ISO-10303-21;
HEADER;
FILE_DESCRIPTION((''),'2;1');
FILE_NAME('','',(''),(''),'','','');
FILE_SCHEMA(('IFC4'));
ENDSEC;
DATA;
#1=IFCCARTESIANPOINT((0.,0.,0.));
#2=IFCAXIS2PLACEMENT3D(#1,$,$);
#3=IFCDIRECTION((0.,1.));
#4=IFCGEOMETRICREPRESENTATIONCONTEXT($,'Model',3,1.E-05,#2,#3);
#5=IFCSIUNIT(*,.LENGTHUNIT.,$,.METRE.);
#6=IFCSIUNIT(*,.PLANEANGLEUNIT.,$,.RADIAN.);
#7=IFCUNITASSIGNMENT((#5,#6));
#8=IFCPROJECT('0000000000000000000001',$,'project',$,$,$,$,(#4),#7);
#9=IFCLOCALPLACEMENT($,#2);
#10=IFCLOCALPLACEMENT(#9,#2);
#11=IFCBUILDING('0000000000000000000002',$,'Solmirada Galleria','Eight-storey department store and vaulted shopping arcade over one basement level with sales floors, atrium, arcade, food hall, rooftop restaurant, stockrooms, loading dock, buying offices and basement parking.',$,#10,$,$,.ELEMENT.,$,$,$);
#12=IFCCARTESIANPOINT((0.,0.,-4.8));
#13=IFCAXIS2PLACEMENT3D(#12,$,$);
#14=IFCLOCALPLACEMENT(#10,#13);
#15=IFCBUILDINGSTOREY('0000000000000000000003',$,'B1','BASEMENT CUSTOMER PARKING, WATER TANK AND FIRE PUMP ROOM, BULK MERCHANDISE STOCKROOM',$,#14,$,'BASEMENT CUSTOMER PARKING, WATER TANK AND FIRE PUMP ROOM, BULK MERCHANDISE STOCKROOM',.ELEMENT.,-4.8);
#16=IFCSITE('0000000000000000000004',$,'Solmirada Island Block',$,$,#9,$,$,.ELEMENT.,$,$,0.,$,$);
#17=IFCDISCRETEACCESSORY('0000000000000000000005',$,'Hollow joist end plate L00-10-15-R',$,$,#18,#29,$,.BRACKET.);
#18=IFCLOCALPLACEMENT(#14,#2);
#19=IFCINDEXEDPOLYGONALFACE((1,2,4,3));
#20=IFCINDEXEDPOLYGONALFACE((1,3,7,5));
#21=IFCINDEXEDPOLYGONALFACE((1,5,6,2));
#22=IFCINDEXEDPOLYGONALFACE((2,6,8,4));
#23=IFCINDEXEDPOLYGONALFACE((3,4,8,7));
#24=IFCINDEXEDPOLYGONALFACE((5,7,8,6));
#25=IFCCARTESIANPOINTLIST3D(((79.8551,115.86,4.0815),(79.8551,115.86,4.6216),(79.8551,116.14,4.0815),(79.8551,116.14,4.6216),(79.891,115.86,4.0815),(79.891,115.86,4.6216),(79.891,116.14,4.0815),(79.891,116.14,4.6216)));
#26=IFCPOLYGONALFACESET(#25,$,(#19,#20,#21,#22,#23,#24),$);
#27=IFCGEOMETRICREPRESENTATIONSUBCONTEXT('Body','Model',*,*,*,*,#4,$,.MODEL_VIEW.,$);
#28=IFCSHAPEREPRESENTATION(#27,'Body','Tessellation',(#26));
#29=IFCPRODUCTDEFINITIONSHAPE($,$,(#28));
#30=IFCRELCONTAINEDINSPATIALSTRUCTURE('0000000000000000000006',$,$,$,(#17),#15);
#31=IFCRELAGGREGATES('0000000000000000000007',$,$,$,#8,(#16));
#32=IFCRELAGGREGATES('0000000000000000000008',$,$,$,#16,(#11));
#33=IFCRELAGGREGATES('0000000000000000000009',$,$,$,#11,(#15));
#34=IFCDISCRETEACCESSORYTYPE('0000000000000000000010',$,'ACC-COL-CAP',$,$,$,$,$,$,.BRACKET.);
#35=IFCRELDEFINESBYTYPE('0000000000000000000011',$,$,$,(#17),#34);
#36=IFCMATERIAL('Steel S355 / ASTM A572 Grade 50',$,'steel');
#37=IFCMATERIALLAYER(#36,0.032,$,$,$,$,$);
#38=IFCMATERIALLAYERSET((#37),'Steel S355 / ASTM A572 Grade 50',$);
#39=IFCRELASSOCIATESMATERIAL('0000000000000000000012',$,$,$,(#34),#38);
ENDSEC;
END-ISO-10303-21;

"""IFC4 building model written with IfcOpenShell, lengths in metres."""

from ifc_helpers import new_model, si_unit, direction, frame, origin, origin_2d, place, context, subcontext, project, spatial, rectangle, extrude, material, layer, layer_set, type_object, element, save


model = new_model("IFC4")

# Units and contexts
model_context = context("Model", 3, precision=1e-05, world=origin(), true_north=direction((0.0, 1.0)))
body_context = subcontext(model_context, "Body", "Model", "MODEL_VIEW")
ifc_project = project(units=[si_unit("LENGTHUNIT", "METRE"), si_unit("PLANEANGLEUNIT", "RADIAN")], contexts=[model_context])

# Site, building, storey
site_placement = place(None, origin())
site = spatial("IfcSite", under=ifc_project, at=site_placement, Name="Solmirada Island Block", CompositionType="ELEMENT", RefElevation=0.0)
building_placement = place(site_placement, origin())
building = spatial("IfcBuilding", under=site, at=building_placement, Name="Solmirada Galleria", Description="Eight-storey department store and vaulted shopping arcade over one basement level with sales floors, atrium, arcade, food hall, rooftop restaurant, stockrooms, loading dock, buying offices and basement parking.", CompositionType="ELEMENT")
storey_placement = place(building_placement, frame((0.0, 0.0, -4.8)))
storey = spatial("IfcBuildingStorey", under=building, at=storey_placement, Name="B1", Description="BASEMENT CUSTOMER PARKING, WATER TANK AND FIRE PUMP ROOM, BULK MERCHANDISE STOCKROOM", LongName="BASEMENT CUSTOMER PARKING, WATER TANK AND FIRE PUMP ROOM, BULK MERCHANDISE STOCKROOM", CompositionType="ELEMENT", Elevation=-4.8)

# Discrete accessory
ifc_material_1 = material(Name="Steel S355 / ASTM A572 Grade 50", Category="steel")
ifc_layer_1 = layer(ifc_material_1, 0.032)
ifc_layer_set_1 = layer_set([ifc_layer_1], Name="Steel S355 / ASTM A572 Grade 50")
discrete_accessory_type = type_object("IfcDiscreteAccessoryType", Name="ACC-COL-CAP", PredefinedType="BRACKET", material=ifc_layer_set_1)
for number, where, z_axis, x_axis, name in (
    (1, (79.873, 116.0, 4.0815), (0.0, 0.0, 1.0), (1.0, 0.0, 0.0), "Hollow joist end plate L00-10-15-R"),
):
    element("IfcDiscreteAccessory", number, at=place(storey_placement, frame(where, z_axis=z_axis, x_axis=x_axis)), inside=storey, type_object=discrete_accessory_type, Name=name, PredefinedType="BRACKET", context=body_context, shape_type="SweptSolid", body=[
        extrude(rectangle(XDim=0.0359, YDim=0.28, at=origin_2d()), origin(), (0.0, 0.0, 1.0), 0.54),
    ])

save(model, "model.ifc")
